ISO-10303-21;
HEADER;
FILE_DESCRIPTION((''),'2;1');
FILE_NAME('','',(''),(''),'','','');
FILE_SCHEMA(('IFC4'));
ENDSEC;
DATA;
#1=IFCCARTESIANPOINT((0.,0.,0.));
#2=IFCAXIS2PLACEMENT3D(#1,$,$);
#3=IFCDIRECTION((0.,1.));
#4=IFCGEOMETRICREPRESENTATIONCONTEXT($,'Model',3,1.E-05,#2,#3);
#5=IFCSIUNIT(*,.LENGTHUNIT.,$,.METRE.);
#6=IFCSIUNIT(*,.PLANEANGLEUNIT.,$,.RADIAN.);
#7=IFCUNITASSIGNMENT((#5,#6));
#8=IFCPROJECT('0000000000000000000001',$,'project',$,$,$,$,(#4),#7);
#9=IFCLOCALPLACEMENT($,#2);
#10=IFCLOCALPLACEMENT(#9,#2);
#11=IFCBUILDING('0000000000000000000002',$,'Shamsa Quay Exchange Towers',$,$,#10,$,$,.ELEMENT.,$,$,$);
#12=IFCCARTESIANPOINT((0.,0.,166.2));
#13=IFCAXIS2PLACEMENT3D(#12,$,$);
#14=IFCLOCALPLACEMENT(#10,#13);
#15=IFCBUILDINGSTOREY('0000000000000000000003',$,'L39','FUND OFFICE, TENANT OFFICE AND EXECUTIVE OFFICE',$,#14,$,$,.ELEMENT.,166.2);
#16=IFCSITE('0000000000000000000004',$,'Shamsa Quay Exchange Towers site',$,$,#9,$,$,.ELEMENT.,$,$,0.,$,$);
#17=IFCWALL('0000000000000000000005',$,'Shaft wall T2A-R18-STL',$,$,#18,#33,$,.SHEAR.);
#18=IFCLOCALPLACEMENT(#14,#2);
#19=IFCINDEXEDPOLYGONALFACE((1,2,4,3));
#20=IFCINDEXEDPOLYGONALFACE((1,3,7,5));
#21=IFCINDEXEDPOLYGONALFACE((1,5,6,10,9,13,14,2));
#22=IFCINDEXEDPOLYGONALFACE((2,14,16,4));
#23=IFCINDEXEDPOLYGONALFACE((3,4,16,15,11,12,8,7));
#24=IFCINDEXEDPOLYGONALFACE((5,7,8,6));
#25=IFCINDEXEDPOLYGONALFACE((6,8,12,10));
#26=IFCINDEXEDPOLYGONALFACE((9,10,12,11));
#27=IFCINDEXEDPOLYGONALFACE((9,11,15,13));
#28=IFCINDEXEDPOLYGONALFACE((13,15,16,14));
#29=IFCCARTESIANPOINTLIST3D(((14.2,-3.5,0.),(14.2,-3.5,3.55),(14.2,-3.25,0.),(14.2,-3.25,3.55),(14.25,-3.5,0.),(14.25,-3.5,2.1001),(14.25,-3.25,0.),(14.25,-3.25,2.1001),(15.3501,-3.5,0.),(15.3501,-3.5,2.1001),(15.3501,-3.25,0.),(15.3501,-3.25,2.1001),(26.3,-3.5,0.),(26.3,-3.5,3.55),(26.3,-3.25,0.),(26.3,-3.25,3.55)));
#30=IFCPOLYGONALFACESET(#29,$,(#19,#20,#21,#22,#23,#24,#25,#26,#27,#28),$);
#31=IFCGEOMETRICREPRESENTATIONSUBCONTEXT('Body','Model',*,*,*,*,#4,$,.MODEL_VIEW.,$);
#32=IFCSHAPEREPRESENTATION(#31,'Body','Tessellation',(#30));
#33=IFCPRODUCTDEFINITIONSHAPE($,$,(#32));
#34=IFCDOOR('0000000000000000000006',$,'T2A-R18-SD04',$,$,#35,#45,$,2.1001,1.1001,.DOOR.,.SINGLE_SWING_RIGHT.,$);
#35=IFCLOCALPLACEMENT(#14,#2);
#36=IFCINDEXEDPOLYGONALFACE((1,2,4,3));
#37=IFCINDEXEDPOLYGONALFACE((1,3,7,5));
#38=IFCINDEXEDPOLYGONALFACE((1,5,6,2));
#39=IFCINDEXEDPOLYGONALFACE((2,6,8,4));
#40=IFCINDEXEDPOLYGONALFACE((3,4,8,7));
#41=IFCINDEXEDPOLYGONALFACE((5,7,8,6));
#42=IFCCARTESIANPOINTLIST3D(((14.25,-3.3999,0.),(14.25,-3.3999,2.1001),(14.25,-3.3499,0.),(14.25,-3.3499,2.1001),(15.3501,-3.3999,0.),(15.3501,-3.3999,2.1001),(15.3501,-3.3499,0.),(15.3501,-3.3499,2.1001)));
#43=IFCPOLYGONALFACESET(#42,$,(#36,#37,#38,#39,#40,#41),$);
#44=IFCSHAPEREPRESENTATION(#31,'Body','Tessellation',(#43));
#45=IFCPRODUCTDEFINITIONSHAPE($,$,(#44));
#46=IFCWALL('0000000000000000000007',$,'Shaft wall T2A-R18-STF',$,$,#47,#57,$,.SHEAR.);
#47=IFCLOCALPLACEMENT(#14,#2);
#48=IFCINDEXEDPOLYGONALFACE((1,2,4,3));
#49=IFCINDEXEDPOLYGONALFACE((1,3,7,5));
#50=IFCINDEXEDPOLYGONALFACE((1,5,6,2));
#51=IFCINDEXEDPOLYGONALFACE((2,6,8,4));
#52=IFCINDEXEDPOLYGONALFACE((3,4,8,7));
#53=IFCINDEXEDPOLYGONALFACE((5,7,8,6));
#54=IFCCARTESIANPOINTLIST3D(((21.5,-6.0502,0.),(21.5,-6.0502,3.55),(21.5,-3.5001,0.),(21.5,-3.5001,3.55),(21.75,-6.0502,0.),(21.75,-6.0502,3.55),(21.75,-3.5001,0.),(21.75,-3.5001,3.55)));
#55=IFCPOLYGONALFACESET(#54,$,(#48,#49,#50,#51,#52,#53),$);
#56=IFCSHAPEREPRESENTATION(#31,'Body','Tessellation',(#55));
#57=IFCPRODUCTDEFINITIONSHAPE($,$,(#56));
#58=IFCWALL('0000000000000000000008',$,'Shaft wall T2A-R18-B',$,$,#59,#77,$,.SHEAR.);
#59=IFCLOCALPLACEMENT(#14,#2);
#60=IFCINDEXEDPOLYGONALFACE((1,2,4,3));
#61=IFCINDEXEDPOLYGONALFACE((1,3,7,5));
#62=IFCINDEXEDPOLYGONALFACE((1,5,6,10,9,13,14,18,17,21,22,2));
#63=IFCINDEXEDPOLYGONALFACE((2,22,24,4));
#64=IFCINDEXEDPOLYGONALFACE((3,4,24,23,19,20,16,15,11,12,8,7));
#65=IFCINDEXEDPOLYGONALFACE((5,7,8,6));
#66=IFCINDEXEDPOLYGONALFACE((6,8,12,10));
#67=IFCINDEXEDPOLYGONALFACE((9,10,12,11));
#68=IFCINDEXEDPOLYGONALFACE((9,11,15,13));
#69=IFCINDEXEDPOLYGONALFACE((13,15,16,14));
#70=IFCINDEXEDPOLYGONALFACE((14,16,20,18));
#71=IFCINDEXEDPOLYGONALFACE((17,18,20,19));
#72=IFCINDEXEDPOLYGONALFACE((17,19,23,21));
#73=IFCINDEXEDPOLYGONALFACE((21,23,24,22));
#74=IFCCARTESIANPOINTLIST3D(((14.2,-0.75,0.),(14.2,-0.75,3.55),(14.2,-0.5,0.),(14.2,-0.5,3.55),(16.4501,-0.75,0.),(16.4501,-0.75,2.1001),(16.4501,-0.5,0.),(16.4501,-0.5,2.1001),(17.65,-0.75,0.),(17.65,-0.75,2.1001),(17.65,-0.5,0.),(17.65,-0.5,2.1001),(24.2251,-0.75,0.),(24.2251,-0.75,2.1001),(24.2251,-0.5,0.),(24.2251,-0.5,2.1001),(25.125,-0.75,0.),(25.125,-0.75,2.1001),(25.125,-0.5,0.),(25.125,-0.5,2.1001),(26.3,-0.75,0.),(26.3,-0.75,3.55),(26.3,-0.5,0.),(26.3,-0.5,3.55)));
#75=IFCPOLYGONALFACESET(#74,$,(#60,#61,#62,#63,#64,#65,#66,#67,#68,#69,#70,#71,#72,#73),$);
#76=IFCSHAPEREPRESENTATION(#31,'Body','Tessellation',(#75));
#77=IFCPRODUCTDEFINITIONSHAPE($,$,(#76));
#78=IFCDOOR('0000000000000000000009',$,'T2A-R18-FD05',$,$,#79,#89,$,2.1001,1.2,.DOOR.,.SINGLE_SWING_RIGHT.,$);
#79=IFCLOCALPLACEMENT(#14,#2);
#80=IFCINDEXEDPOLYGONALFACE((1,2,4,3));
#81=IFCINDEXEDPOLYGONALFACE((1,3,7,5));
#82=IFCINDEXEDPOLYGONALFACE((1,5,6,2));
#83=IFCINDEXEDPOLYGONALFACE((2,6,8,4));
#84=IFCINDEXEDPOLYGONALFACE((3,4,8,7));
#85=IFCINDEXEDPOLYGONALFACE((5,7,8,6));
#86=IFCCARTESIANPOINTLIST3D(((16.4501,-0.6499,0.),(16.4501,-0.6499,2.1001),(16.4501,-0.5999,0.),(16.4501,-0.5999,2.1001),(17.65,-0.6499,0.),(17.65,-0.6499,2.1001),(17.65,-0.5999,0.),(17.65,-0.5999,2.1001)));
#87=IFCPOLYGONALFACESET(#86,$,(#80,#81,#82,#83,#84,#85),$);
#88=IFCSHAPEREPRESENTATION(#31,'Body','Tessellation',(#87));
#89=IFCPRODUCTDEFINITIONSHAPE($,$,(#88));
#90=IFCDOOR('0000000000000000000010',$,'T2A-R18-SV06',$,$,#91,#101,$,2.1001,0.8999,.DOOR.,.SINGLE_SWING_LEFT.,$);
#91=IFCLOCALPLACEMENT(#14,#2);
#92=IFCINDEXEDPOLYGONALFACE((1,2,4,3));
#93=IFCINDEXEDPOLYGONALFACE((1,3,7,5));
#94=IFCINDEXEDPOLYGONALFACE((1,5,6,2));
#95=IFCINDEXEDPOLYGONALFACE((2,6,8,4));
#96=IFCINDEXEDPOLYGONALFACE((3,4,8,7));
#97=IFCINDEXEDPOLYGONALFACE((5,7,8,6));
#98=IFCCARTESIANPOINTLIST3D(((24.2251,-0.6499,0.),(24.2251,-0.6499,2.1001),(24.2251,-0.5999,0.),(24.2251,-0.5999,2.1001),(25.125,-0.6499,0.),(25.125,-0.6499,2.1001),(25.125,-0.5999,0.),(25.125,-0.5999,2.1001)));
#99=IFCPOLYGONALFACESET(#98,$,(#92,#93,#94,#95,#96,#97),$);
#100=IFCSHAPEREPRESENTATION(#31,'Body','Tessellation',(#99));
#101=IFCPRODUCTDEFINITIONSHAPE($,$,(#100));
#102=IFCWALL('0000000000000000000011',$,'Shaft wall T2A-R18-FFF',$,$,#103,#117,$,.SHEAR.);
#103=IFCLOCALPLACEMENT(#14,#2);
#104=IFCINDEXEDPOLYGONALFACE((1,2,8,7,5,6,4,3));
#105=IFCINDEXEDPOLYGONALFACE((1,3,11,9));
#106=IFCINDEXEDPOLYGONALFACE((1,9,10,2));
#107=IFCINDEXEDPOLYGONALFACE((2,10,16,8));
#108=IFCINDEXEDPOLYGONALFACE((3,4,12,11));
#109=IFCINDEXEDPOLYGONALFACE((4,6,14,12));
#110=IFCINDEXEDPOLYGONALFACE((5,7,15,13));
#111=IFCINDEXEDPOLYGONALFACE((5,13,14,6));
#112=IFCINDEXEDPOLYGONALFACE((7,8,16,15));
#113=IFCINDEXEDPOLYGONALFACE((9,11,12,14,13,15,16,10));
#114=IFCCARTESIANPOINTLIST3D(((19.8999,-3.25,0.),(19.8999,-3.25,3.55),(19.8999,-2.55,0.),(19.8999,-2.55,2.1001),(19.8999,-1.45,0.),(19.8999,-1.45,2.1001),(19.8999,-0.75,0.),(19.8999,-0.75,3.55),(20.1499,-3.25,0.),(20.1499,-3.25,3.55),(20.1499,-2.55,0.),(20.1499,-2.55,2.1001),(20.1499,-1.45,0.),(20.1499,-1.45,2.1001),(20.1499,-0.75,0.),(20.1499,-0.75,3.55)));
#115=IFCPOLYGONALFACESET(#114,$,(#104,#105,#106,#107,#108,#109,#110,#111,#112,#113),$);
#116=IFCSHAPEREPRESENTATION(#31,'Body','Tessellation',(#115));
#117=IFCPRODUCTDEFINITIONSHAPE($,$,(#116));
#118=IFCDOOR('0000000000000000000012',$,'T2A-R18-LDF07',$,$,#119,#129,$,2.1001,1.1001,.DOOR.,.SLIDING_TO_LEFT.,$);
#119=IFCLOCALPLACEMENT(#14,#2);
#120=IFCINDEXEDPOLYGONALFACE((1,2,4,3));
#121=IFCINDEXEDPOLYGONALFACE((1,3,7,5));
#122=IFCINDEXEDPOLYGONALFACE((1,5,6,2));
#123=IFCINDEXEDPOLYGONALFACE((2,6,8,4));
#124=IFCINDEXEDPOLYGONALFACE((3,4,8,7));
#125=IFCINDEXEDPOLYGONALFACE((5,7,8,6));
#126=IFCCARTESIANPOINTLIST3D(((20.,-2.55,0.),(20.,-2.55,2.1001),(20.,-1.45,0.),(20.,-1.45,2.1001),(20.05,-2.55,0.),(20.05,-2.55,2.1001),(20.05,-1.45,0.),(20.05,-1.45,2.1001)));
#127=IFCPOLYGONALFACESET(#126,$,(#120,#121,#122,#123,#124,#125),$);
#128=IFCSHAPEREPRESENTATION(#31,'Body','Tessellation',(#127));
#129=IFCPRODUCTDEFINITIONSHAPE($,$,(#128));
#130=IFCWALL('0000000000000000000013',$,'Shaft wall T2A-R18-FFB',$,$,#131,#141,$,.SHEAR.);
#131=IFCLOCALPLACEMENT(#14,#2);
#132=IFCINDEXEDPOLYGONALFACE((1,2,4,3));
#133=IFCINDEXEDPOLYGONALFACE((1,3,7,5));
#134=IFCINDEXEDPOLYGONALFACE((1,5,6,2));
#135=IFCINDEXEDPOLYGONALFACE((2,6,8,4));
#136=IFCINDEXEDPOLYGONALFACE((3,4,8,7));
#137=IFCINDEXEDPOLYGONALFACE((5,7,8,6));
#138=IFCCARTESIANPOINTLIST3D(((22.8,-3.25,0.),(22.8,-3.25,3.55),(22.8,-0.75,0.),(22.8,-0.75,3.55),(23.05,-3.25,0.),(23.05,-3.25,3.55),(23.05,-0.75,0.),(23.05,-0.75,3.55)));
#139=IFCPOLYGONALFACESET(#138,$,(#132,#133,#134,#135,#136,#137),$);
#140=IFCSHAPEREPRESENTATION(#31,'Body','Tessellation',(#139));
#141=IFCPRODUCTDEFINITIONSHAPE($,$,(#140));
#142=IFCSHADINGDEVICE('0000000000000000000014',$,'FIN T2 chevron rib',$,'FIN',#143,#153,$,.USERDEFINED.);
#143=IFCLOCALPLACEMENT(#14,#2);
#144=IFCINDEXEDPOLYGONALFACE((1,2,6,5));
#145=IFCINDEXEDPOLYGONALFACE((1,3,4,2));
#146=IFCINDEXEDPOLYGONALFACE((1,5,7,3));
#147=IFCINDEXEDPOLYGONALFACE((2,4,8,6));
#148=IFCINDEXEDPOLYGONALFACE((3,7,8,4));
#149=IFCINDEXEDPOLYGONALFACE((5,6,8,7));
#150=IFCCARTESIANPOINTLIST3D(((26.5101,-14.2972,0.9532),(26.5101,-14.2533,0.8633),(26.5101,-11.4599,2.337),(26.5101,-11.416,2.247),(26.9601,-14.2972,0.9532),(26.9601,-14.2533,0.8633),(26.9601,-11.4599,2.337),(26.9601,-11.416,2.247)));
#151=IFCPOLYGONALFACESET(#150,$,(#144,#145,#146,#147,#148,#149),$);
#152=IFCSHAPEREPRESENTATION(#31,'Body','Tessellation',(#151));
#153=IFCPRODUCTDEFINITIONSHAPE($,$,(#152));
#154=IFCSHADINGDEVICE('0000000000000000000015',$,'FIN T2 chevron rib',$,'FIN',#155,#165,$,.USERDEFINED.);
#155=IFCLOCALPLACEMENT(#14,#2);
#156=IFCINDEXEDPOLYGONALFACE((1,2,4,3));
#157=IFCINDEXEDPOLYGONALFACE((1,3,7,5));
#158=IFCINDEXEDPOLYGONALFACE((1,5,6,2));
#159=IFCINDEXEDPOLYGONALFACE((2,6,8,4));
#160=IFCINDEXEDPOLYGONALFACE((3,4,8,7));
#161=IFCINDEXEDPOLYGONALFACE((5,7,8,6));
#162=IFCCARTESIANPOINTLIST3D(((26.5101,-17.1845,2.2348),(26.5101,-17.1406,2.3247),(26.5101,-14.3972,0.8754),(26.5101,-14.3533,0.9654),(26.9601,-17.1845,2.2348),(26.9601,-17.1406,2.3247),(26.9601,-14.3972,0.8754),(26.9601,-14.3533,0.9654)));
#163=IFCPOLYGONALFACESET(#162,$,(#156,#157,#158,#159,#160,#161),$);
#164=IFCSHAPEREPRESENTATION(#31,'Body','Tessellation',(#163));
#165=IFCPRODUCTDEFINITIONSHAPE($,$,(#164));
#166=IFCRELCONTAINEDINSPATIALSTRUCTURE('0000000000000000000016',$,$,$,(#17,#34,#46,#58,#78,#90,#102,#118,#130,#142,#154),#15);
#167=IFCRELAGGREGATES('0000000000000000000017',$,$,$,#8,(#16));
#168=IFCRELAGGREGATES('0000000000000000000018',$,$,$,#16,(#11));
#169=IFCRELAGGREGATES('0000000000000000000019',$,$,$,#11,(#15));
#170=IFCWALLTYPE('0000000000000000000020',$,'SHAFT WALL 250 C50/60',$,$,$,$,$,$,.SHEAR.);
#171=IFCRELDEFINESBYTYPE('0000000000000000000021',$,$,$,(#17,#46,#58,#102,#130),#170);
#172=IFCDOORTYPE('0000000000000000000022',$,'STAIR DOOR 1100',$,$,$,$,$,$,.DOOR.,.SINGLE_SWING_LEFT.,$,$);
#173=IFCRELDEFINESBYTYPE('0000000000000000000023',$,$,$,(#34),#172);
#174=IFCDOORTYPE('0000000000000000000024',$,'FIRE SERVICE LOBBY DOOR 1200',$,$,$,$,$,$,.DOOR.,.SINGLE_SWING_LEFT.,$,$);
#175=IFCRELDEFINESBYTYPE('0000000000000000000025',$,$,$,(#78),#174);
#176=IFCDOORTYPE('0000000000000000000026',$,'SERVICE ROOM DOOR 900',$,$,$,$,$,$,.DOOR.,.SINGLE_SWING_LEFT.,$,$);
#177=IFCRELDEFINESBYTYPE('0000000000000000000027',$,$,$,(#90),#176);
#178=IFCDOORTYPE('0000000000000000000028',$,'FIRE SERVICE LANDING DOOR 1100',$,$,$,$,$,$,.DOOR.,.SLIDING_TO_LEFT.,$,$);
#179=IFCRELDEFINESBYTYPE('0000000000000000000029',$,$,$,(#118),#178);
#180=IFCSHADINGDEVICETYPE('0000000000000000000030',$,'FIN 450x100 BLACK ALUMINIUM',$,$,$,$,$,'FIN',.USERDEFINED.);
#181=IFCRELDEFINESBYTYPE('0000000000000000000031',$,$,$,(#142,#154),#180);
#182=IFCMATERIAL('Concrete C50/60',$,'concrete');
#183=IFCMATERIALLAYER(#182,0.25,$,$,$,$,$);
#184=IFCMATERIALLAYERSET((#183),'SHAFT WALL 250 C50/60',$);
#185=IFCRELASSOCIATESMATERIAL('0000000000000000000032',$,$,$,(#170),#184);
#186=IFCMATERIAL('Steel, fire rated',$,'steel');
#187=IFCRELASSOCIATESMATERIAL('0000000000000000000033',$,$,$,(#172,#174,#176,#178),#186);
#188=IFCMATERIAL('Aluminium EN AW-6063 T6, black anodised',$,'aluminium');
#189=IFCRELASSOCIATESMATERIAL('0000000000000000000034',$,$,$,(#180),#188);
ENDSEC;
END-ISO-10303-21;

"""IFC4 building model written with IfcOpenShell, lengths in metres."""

from ifc_helpers import new_model, si_unit, direction, frame, frame_2d, origin, origin_2d, place, context, subcontext, project, spatial, rectangle, extrude, material, layer, layer_set, material_profile, profile_set, type_object, element, fill, save


model = new_model("IFC4")

# Units and contexts
model_context = context("Model", 3, precision=1e-05, world=origin(), true_north=direction((0.0, 1.0)))
body_context = subcontext(model_context, "Body", "Model", "MODEL_VIEW")
ifc_project = project(units=[si_unit("LENGTHUNIT", "METRE"), si_unit("PLANEANGLEUNIT", "RADIAN")], contexts=[model_context])

# Site, building, storey
site_placement = place(None, origin())
site = spatial("IfcSite", under=ifc_project, at=site_placement, Name="Shamsa Quay Exchange Towers site", CompositionType="ELEMENT", RefElevation=0.0)
building_placement = place(site_placement, origin())
building = spatial("IfcBuilding", under=site, at=building_placement, Name="Shamsa Quay Exchange Towers", CompositionType="ELEMENT")
storey_placement = place(building_placement, frame((0.0, 0.0, 166.2)))
storey = spatial("IfcBuildingStorey", under=building, at=storey_placement, Name="L39", Description="FUND OFFICE, TENANT OFFICE AND EXECUTIVE OFFICE", CompositionType="ELEMENT", Elevation=166.2)

# Shared definitions
ifc_material_1 = material(Name="Aluminium EN AW-6063 T6, black anodised", Category="aluminium")

# Wall, opening, door
ifc_material_2 = material(Name="Concrete C50/60", Category="concrete")
ifc_layer_1 = layer(ifc_material_2, 0.25)
ifc_layer_set_1 = layer_set([ifc_layer_1], Name="SHAFT WALL 250 C50/60")
wall_type_1 = type_object("IfcWallType", Name="SHAFT WALL 250 C50/60", PredefinedType="SHEAR", material=ifc_layer_set_1)
wall_1_placement = place(storey_placement, frame((26.3, -3.375, 0.0), z_axis=(0.0, 0.0, 1.0), x_axis=(-1.0, 0.0, 0.0)))
wall_1 = element("IfcWall", 1, at=wall_1_placement, inside=storey, type_object=wall_type_1, Name="Shaft wall T2A-R18-STL", PredefinedType="SHEAR", context=body_context, shape_type="SweptSolid", body=[
    extrude(rectangle(XDim=12.1001, YDim=0.25, at=frame_2d((6.05, 0.0))), origin(), (0.0, 0.0, 1.0), 3.55),
])
opening_1_placement = place(wall_1_placement, frame((10.95, 0.0, 0.0)))
opening_1 = element("IfcOpeningElement", 2, at=opening_1_placement, cuts=wall_1, PredefinedType="OPENING", context=body_context, shape_type="SweptSolid", body=[
    extrude(rectangle(XDim=1.1001, YDim=2.1001, at=frame_2d((0.55, 1.05))), frame((0.0, 0.135, 0.0), z_axis=(0.0, -1.0, 0.0), x_axis=(1.0, 0.0, 0.0)), (0.0, 0.0, 1.0), 0.27),
])
ifc_material_3 = material(Name="Steel, fire rated", Category="steel")
door_type_1 = type_object("IfcDoorType", Name="STAIR DOOR 1100", OperationType="SINGLE_SWING_LEFT", PredefinedType="DOOR", material=ifc_material_3)
door_1_placement = place(opening_1_placement, origin())
door_1 = element("IfcDoor", 3, at=door_1_placement, inside=storey, type_object=door_type_1, Name="T2A-R18-SD04", OperationType="SINGLE_SWING_RIGHT", OverallHeight=2.1001, OverallWidth=1.1001, PredefinedType="DOOR", context=body_context, shape_type="SweptSolid", body=[
    extrude(rectangle(XDim=1.1001, YDim=2.1001, at=frame_2d((0.55, 1.05))), frame((0.0, 0.0249, 0.0), z_axis=(0.0, -1.0, 0.0), x_axis=(1.0, 0.0, 0.0)), (0.0, 0.0, 1.0), 0.05),
])
fill(opening_1, door_1)

# Wall
wall_2_placement = place(storey_placement, frame((21.625, -6.05, 0.0), z_axis=(0.0, 0.0, 1.0), x_axis=(0.0, 1.0, 0.0)))
element("IfcWall", 4, at=wall_2_placement, inside=storey, type_object=wall_type_1, Name="Shaft wall T2A-R18-STF", PredefinedType="SHEAR", context=body_context, shape_type="SweptSolid", body=[
    extrude(rectangle(XDim=2.55, YDim=0.25, at=frame_2d((1.2749, 0.0))), origin(), (0.0, 0.0, 1.0), 3.55),
])

# Wall, openings, doors
wall_3_placement = place(storey_placement, frame((26.3, -0.625, 0.0), z_axis=(0.0, 0.0, 1.0), x_axis=(-1.0, 0.0, 0.0)))
wall_3 = element("IfcWall", 5, at=wall_3_placement, inside=storey, type_object=wall_type_1, Name="Shaft wall T2A-R18-B", PredefinedType="SHEAR", context=body_context, shape_type="SweptSolid", body=[
    extrude(rectangle(XDim=12.1001, YDim=0.25, at=frame_2d((6.05, 0.0))), origin(), (0.0, 0.0, 1.0), 3.55),
])
opening_2_placement = place(wall_3_placement, frame((8.6499, 0.0, 0.0)))
opening_2 = element("IfcOpeningElement", 6, at=opening_2_placement, cuts=wall_3, PredefinedType="OPENING", context=body_context, shape_type="SweptSolid", body=[
    extrude(rectangle(XDim=1.2, YDim=2.1001, at=frame_2d((0.6001, 1.05))), frame((0.0, 0.135, 0.0), z_axis=(0.0, -1.0, 0.0), x_axis=(1.0, 0.0, 0.0)), (0.0, 0.0, 1.0), 0.27),
])
opening_3_placement = place(wall_3_placement, frame((1.175, 0.0, 0.0)))
opening_3 = element("IfcOpeningElement", 7, at=opening_3_placement, cuts=wall_3, PredefinedType="OPENING", context=body_context, shape_type="SweptSolid", body=[
    extrude(rectangle(XDim=0.8999, YDim=2.1001, at=frame_2d((0.45, 1.05))), frame((0.0, 0.135, 0.0), z_axis=(0.0, -1.0, 0.0), x_axis=(1.0, 0.0, 0.0)), (0.0, 0.0, 1.0), 0.27),
])
door_type_2 = type_object("IfcDoorType", Name="FIRE SERVICE LOBBY DOOR 1200", OperationType="SINGLE_SWING_LEFT", PredefinedType="DOOR", material=ifc_material_3)
door_2_placement = place(opening_2_placement, origin())
door_2 = element("IfcDoor", 8, at=door_2_placement, inside=storey, type_object=door_type_2, Name="T2A-R18-FD05", OperationType="SINGLE_SWING_RIGHT", OverallHeight=2.1001, OverallWidth=1.2, PredefinedType="DOOR", context=body_context, shape_type="SweptSolid", body=[
    extrude(rectangle(XDim=1.2, YDim=2.1001, at=frame_2d((0.6001, 1.05))), frame((0.0, 0.0249, 0.0), z_axis=(0.0, -1.0, 0.0), x_axis=(1.0, 0.0, 0.0)), (0.0, 0.0, 1.0), 0.05),
])
fill(opening_2, door_2)
door_type_3 = type_object("IfcDoorType", Name="SERVICE ROOM DOOR 900", OperationType="SINGLE_SWING_LEFT", PredefinedType="DOOR", material=ifc_material_3)
door_3_placement = place(opening_3_placement, origin())
door_3 = element("IfcDoor", 9, at=door_3_placement, inside=storey, type_object=door_type_3, Name="T2A-R18-SV06", OperationType="SINGLE_SWING_LEFT", OverallHeight=2.1001, OverallWidth=0.8999, PredefinedType="DOOR", context=body_context, shape_type="SweptSolid", body=[
    extrude(rectangle(XDim=0.8999, YDim=2.1001, at=frame_2d((0.45, 1.05))), frame((0.0, 0.0249, 0.0), z_axis=(0.0, -1.0, 0.0), x_axis=(1.0, 0.0, 0.0)), (0.0, 0.0, 1.0), 0.05),
])
fill(opening_3, door_3)

# Wall, opening, door
wall_4_placement = place(storey_placement, frame((20.0249, -3.25, 0.0), z_axis=(0.0, 0.0, 1.0), x_axis=(0.0, 1.0, 0.0)))
wall_4 = element("IfcWall", 10, at=wall_4_placement, inside=storey, type_object=wall_type_1, Name="Shaft wall T2A-R18-FFF", PredefinedType="SHEAR", context=body_context, shape_type="SweptSolid", body=[
    extrude(rectangle(XDim=2.5, YDim=0.25, at=frame_2d((1.25, 0.0))), origin(), (0.0, 0.0, 1.0), 3.55),
])
opening_4_placement = place(wall_4_placement, frame((0.7, 0.0, 0.0)))
opening_4 = element("IfcOpeningElement", 11, at=opening_4_placement, cuts=wall_4, PredefinedType="OPENING", context=body_context, shape_type="SweptSolid", body=[
    extrude(rectangle(XDim=1.1001, YDim=2.1001, at=frame_2d((0.55, 1.05))), frame((0.0, 0.135, 0.0), z_axis=(0.0, -1.0, 0.0), x_axis=(1.0, 0.0, 0.0)), (0.0, 0.0, 1.0), 0.27),
])
door_type_4 = type_object("IfcDoorType", Name="FIRE SERVICE LANDING DOOR 1100", OperationType="SLIDING_TO_LEFT", PredefinedType="DOOR", material=ifc_material_3)
door_4_placement = place(opening_4_placement, origin())
door_4 = element("IfcDoor", 12, at=door_4_placement, inside=storey, type_object=door_type_4, Name="T2A-R18-LDF07", OperationType="SLIDING_TO_LEFT", OverallHeight=2.1001, OverallWidth=1.1001, PredefinedType="DOOR", context=body_context, shape_type="SweptSolid", body=[
    extrude(rectangle(XDim=1.1001, YDim=2.1001, at=frame_2d((0.55, 1.05))), frame((0.0, 0.0249, 0.0), z_axis=(0.0, -1.0, 0.0), x_axis=(1.0, 0.0, 0.0)), (0.0, 0.0, 1.0), 0.05),
])
fill(opening_4, door_4)

# Wall
wall_5_placement = place(storey_placement, frame((22.925, -3.25, 0.0), z_axis=(0.0, 0.0, 1.0), x_axis=(0.0, 1.0, 0.0)))
element("IfcWall", 13, at=wall_5_placement, inside=storey, type_object=wall_type_1, Name="Shaft wall T2A-R18-FFB", PredefinedType="SHEAR", context=body_context, shape_type="SweptSolid", body=[
    extrude(rectangle(XDim=2.5, YDim=0.25, at=frame_2d((1.25, 0.0))), origin(), (0.0, 0.0, 1.0), 3.55),
])

# Shading devices
ifc_material_profile_1 = material_profile(ifc_material_1, rectangle(XDim=0.45, YDim=0.1001, at=origin_2d()), Name="FIN450x100")
ifc_profile_set_1 = profile_set([ifc_material_profile_1], Name="Aluminium EN AW-6063 T6, black anodised")
shading_device_type = type_object("IfcShadingDeviceType", Name="FIN 450x100 BLACK ALUMINIUM", ElementType="FIN", PredefinedType="USERDEFINED", material=ifc_profile_set_1)
shading_device_1_placement = place(storey_placement, frame((26.7351, -11.438, 2.292), z_axis=(0.0, -0.898807, -0.438344), x_axis=(1.0, 0.0, 0.0)))
element("IfcShadingDevice", 14, at=shading_device_1_placement, inside=storey, type_object=shading_device_type, Name="FIN T2 chevron rib", ObjectType="FIN", PredefinedType="USERDEFINED", context=body_context, shape_type="SweptSolid", body=[
    extrude(rectangle(XDim=0.45, YDim=0.1001, at=origin_2d()), origin(), (0.0, 0.0, 1.0), 3.1567),
])
shading_device_2_placement = place(storey_placement, frame((26.7351, -14.3752, 0.9204), z_axis=(0.0, -0.898808, 0.438343), x_axis=(1.0, 0.0, 0.0)))
element("IfcShadingDevice", 15, at=shading_device_2_placement, inside=storey, type_object=shading_device_type, Name="FIN T2 chevron rib", ObjectType="FIN", PredefinedType="USERDEFINED", context=body_context, shape_type="SweptSolid", body=[
    extrude(rectangle(XDim=0.45, YDim=0.1001, at=origin_2d()), origin(), (0.0, 0.0, 1.0), 3.1011),
])

save(model, "model.ifc")
